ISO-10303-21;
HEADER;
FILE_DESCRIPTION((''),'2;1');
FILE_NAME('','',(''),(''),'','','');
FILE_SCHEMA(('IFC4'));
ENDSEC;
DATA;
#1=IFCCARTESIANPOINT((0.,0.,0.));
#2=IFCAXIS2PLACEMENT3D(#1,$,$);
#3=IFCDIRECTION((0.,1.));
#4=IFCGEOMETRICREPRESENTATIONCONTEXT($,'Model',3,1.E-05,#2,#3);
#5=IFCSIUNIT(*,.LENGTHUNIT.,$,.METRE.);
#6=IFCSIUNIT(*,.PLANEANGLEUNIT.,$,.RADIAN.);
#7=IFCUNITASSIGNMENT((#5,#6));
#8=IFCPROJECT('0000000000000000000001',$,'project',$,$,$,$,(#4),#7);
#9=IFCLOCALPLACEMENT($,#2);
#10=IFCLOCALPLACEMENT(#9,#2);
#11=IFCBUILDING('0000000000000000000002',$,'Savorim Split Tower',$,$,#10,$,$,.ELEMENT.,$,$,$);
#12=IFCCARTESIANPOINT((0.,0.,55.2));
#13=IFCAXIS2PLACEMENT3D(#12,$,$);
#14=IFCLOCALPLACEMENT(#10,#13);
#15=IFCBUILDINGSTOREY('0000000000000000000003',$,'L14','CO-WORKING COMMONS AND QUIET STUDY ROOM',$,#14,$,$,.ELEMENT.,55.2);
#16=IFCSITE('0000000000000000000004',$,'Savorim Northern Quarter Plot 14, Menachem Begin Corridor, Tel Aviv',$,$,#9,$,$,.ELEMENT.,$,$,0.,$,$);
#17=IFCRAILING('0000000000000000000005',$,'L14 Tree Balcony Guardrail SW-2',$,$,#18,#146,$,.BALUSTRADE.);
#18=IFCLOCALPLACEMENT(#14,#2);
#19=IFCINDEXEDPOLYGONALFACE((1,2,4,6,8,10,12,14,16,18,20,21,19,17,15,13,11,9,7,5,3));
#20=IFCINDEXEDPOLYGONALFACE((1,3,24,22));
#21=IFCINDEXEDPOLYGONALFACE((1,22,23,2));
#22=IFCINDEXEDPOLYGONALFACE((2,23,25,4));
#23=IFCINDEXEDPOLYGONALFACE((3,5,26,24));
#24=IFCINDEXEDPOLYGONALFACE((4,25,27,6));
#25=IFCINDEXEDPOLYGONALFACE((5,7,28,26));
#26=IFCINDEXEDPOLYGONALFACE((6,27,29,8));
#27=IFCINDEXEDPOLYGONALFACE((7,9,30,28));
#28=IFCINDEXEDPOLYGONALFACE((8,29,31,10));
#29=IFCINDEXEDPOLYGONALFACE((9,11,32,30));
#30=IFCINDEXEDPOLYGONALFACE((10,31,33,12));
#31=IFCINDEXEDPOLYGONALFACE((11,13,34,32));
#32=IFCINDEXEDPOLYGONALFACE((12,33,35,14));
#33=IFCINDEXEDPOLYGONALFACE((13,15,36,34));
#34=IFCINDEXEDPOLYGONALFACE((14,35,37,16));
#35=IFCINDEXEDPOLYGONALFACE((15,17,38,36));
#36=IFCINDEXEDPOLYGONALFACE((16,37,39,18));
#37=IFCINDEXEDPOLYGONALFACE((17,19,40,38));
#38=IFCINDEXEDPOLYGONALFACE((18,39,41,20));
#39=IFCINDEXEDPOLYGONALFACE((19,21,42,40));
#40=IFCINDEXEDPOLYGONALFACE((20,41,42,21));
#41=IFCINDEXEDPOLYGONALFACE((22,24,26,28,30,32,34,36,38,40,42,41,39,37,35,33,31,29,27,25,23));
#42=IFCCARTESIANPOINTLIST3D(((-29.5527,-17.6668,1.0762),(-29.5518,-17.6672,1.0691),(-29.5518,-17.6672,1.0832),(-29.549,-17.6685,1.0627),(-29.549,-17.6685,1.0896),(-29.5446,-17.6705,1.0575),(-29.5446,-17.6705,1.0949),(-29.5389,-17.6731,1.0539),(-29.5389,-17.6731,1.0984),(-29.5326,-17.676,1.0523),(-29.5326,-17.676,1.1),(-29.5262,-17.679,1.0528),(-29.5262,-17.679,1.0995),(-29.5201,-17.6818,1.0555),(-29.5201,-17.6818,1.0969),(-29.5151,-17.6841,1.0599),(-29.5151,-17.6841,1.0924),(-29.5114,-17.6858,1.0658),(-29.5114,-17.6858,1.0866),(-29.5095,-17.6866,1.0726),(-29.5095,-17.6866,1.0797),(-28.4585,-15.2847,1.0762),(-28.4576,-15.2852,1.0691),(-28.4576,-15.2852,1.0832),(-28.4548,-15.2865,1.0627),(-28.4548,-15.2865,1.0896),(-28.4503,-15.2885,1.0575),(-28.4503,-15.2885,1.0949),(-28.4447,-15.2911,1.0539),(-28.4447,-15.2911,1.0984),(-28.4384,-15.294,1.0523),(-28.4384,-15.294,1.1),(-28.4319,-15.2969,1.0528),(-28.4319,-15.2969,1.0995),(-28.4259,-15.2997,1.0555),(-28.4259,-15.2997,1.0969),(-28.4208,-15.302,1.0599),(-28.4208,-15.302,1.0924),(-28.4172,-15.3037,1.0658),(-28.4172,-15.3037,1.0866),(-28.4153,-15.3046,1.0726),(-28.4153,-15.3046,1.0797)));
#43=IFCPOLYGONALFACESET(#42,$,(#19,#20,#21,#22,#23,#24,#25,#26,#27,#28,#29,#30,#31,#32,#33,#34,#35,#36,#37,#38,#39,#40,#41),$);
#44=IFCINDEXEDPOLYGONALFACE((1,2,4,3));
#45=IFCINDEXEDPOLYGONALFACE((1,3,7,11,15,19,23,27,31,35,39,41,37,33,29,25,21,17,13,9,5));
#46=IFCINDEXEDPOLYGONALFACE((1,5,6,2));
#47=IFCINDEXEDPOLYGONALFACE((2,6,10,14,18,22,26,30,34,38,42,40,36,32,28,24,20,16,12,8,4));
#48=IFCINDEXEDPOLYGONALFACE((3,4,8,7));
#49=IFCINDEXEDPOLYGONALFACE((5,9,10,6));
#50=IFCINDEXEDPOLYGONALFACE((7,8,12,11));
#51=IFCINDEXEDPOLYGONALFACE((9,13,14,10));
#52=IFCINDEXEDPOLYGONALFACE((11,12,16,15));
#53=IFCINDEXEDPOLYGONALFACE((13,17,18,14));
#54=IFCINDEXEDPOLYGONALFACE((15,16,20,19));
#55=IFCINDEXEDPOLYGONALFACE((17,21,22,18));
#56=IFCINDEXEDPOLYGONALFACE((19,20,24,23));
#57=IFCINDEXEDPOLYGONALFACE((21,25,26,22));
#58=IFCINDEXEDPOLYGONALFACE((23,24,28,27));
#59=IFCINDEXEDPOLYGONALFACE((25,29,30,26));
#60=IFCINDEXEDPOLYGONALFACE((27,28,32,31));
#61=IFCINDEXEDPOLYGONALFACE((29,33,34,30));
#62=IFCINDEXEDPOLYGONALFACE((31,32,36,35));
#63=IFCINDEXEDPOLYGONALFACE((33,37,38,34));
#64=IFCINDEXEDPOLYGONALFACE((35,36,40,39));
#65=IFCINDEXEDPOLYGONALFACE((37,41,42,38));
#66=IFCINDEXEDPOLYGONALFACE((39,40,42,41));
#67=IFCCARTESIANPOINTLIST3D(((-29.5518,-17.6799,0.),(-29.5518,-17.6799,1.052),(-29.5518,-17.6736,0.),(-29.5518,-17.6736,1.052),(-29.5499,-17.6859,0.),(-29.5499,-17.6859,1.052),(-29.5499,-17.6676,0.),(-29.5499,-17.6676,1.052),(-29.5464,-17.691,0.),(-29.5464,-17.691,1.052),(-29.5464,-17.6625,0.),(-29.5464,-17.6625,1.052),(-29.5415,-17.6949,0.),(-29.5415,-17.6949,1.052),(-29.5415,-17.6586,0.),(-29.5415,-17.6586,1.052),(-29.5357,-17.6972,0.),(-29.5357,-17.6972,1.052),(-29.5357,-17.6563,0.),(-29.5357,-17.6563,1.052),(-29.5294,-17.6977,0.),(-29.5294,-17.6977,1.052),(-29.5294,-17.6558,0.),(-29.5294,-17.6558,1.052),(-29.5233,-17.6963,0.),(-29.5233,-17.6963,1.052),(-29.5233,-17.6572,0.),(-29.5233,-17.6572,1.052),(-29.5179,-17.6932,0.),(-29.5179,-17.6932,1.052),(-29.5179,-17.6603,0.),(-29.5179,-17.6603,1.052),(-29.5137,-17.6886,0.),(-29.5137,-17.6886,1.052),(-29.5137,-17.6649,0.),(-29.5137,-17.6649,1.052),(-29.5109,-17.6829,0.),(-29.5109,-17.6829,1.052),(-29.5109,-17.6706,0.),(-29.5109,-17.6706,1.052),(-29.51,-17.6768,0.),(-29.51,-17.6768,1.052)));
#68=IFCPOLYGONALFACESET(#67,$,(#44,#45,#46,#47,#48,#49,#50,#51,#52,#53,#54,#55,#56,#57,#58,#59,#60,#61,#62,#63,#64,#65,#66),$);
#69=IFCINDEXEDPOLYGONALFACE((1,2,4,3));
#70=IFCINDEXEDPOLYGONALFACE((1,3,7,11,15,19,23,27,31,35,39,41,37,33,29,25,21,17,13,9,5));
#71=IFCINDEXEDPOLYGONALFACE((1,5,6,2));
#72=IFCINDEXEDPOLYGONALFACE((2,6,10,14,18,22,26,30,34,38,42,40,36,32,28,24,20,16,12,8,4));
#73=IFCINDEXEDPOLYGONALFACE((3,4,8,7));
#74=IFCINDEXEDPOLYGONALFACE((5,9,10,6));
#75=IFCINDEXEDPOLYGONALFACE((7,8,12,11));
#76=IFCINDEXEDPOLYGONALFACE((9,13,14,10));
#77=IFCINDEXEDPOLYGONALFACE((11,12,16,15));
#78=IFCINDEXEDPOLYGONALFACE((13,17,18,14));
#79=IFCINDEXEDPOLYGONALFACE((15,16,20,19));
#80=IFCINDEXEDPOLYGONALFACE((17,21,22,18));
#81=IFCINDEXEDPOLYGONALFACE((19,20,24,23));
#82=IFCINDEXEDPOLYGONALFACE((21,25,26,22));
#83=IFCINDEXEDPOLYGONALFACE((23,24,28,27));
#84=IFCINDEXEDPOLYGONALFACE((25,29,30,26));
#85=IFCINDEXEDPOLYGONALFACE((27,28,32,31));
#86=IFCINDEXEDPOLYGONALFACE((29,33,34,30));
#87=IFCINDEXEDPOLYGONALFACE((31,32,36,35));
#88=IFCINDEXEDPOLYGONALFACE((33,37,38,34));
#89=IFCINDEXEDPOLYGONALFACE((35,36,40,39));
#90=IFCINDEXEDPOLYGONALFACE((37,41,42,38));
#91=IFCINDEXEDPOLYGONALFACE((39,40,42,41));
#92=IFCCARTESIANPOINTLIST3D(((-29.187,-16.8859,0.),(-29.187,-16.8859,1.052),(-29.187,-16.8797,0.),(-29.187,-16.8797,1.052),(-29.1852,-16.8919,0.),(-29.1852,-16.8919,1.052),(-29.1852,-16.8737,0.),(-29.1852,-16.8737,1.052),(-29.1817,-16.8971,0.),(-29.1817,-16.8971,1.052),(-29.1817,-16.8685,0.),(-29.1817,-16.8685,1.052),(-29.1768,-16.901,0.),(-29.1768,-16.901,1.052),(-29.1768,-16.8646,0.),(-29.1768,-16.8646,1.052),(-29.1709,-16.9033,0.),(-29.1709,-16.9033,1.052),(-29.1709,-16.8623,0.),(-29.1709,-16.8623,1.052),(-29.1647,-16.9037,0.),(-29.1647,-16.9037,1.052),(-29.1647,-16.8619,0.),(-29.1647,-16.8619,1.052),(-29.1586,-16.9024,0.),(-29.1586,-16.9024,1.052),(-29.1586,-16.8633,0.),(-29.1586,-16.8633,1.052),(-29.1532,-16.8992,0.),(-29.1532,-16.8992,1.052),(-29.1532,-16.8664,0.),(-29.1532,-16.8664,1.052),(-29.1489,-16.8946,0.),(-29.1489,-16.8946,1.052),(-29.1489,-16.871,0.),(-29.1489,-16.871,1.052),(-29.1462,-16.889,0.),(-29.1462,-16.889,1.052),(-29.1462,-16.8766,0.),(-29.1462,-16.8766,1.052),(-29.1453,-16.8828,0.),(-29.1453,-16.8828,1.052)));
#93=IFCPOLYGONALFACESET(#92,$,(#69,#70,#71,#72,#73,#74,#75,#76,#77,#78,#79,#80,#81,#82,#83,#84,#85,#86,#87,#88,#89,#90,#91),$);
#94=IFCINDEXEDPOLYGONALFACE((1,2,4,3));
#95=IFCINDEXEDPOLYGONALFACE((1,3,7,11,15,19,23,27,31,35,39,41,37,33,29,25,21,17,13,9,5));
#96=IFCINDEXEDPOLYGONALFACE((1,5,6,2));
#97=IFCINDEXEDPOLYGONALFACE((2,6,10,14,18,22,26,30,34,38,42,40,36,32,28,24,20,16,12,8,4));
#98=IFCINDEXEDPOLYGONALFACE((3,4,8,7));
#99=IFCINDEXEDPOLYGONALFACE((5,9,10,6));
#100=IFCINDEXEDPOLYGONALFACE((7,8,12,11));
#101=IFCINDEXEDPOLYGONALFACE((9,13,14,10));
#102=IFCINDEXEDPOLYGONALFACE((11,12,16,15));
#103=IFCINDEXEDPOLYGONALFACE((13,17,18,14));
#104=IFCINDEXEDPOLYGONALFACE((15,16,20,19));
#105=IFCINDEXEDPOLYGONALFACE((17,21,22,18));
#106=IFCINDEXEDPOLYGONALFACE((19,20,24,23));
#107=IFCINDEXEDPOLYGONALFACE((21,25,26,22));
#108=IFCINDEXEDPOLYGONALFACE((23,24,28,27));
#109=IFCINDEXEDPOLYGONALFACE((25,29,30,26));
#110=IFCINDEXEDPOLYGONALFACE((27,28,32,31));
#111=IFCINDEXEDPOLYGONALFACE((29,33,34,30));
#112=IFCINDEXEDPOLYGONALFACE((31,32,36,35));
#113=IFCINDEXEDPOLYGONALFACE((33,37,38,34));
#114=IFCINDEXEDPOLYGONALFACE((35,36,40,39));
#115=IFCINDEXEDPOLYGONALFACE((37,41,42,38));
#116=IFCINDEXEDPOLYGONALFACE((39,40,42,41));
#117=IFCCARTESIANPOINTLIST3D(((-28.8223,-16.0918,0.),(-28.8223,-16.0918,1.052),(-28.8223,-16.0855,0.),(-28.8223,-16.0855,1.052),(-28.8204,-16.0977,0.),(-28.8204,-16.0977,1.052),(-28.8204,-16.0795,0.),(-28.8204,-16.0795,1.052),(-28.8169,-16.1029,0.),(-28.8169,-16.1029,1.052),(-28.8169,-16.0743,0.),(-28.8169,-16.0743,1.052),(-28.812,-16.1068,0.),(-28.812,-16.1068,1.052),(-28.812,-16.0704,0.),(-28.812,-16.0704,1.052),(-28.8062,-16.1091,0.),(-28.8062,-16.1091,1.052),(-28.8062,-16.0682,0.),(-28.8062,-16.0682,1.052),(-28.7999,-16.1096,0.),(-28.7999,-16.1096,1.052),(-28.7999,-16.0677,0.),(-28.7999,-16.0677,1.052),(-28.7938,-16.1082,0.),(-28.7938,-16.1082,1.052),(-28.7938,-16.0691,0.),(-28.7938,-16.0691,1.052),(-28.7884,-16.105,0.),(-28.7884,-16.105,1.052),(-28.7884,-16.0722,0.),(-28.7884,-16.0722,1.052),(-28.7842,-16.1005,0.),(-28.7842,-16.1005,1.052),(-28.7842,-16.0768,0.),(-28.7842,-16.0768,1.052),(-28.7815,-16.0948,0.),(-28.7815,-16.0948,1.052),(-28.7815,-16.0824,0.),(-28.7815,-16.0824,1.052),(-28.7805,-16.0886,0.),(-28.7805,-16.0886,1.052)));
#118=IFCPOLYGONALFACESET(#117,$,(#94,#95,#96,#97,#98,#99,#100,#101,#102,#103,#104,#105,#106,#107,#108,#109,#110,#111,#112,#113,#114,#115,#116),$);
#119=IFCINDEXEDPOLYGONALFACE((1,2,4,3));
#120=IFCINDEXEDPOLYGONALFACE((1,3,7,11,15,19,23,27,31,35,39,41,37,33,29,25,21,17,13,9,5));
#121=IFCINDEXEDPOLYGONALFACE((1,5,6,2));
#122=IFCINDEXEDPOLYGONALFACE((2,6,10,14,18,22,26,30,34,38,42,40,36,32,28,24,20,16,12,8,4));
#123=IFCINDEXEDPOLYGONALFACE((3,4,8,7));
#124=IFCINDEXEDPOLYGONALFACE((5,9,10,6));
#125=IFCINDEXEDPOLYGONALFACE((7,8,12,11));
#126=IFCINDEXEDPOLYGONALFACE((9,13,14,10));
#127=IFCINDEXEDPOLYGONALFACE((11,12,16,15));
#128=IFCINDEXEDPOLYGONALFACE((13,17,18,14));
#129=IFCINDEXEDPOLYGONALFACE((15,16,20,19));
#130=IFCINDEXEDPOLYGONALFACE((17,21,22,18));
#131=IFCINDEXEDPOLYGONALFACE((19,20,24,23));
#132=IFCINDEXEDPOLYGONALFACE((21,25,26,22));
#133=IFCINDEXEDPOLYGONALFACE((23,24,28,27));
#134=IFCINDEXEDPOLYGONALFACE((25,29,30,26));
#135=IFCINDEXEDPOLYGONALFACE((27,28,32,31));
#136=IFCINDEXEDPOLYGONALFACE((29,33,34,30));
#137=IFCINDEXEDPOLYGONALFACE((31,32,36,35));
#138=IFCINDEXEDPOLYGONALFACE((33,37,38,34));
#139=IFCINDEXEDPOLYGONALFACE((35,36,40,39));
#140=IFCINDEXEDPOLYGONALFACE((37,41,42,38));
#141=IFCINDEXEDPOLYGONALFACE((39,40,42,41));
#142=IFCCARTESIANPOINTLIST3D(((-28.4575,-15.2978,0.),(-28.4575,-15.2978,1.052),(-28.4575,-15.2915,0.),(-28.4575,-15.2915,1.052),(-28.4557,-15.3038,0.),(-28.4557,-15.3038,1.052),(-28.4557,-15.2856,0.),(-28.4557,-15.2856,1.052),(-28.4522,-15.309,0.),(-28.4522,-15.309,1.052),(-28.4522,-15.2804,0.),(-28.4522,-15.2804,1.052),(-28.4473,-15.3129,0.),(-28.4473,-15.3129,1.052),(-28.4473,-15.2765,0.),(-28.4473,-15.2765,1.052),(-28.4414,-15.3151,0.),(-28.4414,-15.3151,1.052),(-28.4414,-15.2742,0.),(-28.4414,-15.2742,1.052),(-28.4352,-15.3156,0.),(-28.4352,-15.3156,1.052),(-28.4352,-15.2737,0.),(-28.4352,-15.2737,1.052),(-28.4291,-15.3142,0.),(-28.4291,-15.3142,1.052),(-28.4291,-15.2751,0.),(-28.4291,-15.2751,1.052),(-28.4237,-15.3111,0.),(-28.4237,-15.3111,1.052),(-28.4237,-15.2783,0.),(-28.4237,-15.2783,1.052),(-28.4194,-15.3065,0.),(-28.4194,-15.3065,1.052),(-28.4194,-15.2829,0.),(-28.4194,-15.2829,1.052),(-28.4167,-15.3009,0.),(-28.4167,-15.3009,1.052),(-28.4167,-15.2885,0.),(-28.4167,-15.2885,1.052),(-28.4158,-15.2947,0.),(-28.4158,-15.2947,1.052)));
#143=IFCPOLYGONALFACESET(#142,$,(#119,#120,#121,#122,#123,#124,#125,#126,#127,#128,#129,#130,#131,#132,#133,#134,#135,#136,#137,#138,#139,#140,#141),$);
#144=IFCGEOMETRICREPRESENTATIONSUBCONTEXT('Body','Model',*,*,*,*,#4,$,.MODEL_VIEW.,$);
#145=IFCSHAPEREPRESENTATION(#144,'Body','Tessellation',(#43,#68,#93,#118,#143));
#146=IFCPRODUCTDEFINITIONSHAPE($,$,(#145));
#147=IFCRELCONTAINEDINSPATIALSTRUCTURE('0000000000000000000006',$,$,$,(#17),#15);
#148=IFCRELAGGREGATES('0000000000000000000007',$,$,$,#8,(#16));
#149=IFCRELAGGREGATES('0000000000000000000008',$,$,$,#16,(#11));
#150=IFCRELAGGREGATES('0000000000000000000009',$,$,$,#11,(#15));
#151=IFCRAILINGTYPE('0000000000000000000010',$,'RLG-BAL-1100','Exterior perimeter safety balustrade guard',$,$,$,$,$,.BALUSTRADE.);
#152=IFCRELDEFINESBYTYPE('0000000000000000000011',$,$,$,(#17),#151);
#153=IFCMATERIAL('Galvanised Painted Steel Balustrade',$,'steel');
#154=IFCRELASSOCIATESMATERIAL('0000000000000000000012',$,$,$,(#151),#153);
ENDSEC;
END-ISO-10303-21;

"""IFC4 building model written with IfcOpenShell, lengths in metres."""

from ifc_helpers import new_model, si_unit, direction, frame, origin, origin_2d, place, context, subcontext, project, spatial, circle, extrude, material, type_object, element, save


model = new_model("IFC4")

# Units and contexts
model_context = context("Model", 3, precision=1e-05, world=origin(), true_north=direction((0.0, 1.0)))
body_context = subcontext(model_context, "Body", "Model", "MODEL_VIEW")
ifc_project = project(units=[si_unit("LENGTHUNIT", "METRE"), si_unit("PLANEANGLEUNIT", "RADIAN")], contexts=[model_context])

# Site, building, storey
site_placement = place(None, origin())
site = spatial("IfcSite", under=ifc_project, at=site_placement, Name="Savorim Northern Quarter Plot 14, Menachem Begin Corridor, Tel Aviv", CompositionType="ELEMENT", RefElevation=0.0)
building_placement = place(site_placement, origin())
building = spatial("IfcBuilding", under=site, at=building_placement, Name="Savorim Split Tower", CompositionType="ELEMENT")
storey_placement = place(building_placement, frame((0.0, 0.0, 55.2)))
storey = spatial("IfcBuildingStorey", under=building, at=storey_placement, Name="L14", Description="CO-WORKING COMMONS AND QUIET STUDY ROOM", CompositionType="ELEMENT", Elevation=55.2)

# Railing
ifc_material_1 = material(Name="Galvanised Painted Steel Balustrade", Category="steel")
railing_type = type_object("IfcRailingType", Name="RLG-BAL-1100", Description="Exterior perimeter safety balustrade guard", PredefinedType="BALUSTRADE", material=ifc_material_1)
railing_1_placement = place(storey_placement, frame((-29.531, -17.6768, 0.0)))
element("IfcRailing", 1, at=railing_1_placement, inside=storey, type_object=railing_type, Name="L14 Tree Balcony Guardrail SW-2", PredefinedType="BALUSTRADE", context=body_context, shape_type="SweptSolid", body=[
    extrude(circle(Radius=0.0239, at=origin_2d()), frame((0.0, 0.0, 1.0762), z_axis=(0.417427, 0.90871, 0.0), x_axis=(-0.90871, 0.417427, 0.0)), (0.0, 0.0, 1.0), 2.6213),
    extrude(circle(Radius=0.021, at=origin_2d()), origin(), (0.0, 0.0, 1.0), 1.052),
    extrude(circle(Radius=0.021, at=origin_2d()), frame((0.3647, 0.7939, 0.0)), (0.0, 0.0, 1.0), 1.052),
    extrude(circle(Radius=0.021, at=origin_2d()), frame((0.7295, 1.5881, 0.0)), (0.0, 0.0, 1.0), 1.052),
    extrude(circle(Radius=0.021, at=origin_2d()), frame((1.0942, 2.3821, 0.0)), (0.0, 0.0, 1.0), 1.052),
])

save(model, "model.ifc")
